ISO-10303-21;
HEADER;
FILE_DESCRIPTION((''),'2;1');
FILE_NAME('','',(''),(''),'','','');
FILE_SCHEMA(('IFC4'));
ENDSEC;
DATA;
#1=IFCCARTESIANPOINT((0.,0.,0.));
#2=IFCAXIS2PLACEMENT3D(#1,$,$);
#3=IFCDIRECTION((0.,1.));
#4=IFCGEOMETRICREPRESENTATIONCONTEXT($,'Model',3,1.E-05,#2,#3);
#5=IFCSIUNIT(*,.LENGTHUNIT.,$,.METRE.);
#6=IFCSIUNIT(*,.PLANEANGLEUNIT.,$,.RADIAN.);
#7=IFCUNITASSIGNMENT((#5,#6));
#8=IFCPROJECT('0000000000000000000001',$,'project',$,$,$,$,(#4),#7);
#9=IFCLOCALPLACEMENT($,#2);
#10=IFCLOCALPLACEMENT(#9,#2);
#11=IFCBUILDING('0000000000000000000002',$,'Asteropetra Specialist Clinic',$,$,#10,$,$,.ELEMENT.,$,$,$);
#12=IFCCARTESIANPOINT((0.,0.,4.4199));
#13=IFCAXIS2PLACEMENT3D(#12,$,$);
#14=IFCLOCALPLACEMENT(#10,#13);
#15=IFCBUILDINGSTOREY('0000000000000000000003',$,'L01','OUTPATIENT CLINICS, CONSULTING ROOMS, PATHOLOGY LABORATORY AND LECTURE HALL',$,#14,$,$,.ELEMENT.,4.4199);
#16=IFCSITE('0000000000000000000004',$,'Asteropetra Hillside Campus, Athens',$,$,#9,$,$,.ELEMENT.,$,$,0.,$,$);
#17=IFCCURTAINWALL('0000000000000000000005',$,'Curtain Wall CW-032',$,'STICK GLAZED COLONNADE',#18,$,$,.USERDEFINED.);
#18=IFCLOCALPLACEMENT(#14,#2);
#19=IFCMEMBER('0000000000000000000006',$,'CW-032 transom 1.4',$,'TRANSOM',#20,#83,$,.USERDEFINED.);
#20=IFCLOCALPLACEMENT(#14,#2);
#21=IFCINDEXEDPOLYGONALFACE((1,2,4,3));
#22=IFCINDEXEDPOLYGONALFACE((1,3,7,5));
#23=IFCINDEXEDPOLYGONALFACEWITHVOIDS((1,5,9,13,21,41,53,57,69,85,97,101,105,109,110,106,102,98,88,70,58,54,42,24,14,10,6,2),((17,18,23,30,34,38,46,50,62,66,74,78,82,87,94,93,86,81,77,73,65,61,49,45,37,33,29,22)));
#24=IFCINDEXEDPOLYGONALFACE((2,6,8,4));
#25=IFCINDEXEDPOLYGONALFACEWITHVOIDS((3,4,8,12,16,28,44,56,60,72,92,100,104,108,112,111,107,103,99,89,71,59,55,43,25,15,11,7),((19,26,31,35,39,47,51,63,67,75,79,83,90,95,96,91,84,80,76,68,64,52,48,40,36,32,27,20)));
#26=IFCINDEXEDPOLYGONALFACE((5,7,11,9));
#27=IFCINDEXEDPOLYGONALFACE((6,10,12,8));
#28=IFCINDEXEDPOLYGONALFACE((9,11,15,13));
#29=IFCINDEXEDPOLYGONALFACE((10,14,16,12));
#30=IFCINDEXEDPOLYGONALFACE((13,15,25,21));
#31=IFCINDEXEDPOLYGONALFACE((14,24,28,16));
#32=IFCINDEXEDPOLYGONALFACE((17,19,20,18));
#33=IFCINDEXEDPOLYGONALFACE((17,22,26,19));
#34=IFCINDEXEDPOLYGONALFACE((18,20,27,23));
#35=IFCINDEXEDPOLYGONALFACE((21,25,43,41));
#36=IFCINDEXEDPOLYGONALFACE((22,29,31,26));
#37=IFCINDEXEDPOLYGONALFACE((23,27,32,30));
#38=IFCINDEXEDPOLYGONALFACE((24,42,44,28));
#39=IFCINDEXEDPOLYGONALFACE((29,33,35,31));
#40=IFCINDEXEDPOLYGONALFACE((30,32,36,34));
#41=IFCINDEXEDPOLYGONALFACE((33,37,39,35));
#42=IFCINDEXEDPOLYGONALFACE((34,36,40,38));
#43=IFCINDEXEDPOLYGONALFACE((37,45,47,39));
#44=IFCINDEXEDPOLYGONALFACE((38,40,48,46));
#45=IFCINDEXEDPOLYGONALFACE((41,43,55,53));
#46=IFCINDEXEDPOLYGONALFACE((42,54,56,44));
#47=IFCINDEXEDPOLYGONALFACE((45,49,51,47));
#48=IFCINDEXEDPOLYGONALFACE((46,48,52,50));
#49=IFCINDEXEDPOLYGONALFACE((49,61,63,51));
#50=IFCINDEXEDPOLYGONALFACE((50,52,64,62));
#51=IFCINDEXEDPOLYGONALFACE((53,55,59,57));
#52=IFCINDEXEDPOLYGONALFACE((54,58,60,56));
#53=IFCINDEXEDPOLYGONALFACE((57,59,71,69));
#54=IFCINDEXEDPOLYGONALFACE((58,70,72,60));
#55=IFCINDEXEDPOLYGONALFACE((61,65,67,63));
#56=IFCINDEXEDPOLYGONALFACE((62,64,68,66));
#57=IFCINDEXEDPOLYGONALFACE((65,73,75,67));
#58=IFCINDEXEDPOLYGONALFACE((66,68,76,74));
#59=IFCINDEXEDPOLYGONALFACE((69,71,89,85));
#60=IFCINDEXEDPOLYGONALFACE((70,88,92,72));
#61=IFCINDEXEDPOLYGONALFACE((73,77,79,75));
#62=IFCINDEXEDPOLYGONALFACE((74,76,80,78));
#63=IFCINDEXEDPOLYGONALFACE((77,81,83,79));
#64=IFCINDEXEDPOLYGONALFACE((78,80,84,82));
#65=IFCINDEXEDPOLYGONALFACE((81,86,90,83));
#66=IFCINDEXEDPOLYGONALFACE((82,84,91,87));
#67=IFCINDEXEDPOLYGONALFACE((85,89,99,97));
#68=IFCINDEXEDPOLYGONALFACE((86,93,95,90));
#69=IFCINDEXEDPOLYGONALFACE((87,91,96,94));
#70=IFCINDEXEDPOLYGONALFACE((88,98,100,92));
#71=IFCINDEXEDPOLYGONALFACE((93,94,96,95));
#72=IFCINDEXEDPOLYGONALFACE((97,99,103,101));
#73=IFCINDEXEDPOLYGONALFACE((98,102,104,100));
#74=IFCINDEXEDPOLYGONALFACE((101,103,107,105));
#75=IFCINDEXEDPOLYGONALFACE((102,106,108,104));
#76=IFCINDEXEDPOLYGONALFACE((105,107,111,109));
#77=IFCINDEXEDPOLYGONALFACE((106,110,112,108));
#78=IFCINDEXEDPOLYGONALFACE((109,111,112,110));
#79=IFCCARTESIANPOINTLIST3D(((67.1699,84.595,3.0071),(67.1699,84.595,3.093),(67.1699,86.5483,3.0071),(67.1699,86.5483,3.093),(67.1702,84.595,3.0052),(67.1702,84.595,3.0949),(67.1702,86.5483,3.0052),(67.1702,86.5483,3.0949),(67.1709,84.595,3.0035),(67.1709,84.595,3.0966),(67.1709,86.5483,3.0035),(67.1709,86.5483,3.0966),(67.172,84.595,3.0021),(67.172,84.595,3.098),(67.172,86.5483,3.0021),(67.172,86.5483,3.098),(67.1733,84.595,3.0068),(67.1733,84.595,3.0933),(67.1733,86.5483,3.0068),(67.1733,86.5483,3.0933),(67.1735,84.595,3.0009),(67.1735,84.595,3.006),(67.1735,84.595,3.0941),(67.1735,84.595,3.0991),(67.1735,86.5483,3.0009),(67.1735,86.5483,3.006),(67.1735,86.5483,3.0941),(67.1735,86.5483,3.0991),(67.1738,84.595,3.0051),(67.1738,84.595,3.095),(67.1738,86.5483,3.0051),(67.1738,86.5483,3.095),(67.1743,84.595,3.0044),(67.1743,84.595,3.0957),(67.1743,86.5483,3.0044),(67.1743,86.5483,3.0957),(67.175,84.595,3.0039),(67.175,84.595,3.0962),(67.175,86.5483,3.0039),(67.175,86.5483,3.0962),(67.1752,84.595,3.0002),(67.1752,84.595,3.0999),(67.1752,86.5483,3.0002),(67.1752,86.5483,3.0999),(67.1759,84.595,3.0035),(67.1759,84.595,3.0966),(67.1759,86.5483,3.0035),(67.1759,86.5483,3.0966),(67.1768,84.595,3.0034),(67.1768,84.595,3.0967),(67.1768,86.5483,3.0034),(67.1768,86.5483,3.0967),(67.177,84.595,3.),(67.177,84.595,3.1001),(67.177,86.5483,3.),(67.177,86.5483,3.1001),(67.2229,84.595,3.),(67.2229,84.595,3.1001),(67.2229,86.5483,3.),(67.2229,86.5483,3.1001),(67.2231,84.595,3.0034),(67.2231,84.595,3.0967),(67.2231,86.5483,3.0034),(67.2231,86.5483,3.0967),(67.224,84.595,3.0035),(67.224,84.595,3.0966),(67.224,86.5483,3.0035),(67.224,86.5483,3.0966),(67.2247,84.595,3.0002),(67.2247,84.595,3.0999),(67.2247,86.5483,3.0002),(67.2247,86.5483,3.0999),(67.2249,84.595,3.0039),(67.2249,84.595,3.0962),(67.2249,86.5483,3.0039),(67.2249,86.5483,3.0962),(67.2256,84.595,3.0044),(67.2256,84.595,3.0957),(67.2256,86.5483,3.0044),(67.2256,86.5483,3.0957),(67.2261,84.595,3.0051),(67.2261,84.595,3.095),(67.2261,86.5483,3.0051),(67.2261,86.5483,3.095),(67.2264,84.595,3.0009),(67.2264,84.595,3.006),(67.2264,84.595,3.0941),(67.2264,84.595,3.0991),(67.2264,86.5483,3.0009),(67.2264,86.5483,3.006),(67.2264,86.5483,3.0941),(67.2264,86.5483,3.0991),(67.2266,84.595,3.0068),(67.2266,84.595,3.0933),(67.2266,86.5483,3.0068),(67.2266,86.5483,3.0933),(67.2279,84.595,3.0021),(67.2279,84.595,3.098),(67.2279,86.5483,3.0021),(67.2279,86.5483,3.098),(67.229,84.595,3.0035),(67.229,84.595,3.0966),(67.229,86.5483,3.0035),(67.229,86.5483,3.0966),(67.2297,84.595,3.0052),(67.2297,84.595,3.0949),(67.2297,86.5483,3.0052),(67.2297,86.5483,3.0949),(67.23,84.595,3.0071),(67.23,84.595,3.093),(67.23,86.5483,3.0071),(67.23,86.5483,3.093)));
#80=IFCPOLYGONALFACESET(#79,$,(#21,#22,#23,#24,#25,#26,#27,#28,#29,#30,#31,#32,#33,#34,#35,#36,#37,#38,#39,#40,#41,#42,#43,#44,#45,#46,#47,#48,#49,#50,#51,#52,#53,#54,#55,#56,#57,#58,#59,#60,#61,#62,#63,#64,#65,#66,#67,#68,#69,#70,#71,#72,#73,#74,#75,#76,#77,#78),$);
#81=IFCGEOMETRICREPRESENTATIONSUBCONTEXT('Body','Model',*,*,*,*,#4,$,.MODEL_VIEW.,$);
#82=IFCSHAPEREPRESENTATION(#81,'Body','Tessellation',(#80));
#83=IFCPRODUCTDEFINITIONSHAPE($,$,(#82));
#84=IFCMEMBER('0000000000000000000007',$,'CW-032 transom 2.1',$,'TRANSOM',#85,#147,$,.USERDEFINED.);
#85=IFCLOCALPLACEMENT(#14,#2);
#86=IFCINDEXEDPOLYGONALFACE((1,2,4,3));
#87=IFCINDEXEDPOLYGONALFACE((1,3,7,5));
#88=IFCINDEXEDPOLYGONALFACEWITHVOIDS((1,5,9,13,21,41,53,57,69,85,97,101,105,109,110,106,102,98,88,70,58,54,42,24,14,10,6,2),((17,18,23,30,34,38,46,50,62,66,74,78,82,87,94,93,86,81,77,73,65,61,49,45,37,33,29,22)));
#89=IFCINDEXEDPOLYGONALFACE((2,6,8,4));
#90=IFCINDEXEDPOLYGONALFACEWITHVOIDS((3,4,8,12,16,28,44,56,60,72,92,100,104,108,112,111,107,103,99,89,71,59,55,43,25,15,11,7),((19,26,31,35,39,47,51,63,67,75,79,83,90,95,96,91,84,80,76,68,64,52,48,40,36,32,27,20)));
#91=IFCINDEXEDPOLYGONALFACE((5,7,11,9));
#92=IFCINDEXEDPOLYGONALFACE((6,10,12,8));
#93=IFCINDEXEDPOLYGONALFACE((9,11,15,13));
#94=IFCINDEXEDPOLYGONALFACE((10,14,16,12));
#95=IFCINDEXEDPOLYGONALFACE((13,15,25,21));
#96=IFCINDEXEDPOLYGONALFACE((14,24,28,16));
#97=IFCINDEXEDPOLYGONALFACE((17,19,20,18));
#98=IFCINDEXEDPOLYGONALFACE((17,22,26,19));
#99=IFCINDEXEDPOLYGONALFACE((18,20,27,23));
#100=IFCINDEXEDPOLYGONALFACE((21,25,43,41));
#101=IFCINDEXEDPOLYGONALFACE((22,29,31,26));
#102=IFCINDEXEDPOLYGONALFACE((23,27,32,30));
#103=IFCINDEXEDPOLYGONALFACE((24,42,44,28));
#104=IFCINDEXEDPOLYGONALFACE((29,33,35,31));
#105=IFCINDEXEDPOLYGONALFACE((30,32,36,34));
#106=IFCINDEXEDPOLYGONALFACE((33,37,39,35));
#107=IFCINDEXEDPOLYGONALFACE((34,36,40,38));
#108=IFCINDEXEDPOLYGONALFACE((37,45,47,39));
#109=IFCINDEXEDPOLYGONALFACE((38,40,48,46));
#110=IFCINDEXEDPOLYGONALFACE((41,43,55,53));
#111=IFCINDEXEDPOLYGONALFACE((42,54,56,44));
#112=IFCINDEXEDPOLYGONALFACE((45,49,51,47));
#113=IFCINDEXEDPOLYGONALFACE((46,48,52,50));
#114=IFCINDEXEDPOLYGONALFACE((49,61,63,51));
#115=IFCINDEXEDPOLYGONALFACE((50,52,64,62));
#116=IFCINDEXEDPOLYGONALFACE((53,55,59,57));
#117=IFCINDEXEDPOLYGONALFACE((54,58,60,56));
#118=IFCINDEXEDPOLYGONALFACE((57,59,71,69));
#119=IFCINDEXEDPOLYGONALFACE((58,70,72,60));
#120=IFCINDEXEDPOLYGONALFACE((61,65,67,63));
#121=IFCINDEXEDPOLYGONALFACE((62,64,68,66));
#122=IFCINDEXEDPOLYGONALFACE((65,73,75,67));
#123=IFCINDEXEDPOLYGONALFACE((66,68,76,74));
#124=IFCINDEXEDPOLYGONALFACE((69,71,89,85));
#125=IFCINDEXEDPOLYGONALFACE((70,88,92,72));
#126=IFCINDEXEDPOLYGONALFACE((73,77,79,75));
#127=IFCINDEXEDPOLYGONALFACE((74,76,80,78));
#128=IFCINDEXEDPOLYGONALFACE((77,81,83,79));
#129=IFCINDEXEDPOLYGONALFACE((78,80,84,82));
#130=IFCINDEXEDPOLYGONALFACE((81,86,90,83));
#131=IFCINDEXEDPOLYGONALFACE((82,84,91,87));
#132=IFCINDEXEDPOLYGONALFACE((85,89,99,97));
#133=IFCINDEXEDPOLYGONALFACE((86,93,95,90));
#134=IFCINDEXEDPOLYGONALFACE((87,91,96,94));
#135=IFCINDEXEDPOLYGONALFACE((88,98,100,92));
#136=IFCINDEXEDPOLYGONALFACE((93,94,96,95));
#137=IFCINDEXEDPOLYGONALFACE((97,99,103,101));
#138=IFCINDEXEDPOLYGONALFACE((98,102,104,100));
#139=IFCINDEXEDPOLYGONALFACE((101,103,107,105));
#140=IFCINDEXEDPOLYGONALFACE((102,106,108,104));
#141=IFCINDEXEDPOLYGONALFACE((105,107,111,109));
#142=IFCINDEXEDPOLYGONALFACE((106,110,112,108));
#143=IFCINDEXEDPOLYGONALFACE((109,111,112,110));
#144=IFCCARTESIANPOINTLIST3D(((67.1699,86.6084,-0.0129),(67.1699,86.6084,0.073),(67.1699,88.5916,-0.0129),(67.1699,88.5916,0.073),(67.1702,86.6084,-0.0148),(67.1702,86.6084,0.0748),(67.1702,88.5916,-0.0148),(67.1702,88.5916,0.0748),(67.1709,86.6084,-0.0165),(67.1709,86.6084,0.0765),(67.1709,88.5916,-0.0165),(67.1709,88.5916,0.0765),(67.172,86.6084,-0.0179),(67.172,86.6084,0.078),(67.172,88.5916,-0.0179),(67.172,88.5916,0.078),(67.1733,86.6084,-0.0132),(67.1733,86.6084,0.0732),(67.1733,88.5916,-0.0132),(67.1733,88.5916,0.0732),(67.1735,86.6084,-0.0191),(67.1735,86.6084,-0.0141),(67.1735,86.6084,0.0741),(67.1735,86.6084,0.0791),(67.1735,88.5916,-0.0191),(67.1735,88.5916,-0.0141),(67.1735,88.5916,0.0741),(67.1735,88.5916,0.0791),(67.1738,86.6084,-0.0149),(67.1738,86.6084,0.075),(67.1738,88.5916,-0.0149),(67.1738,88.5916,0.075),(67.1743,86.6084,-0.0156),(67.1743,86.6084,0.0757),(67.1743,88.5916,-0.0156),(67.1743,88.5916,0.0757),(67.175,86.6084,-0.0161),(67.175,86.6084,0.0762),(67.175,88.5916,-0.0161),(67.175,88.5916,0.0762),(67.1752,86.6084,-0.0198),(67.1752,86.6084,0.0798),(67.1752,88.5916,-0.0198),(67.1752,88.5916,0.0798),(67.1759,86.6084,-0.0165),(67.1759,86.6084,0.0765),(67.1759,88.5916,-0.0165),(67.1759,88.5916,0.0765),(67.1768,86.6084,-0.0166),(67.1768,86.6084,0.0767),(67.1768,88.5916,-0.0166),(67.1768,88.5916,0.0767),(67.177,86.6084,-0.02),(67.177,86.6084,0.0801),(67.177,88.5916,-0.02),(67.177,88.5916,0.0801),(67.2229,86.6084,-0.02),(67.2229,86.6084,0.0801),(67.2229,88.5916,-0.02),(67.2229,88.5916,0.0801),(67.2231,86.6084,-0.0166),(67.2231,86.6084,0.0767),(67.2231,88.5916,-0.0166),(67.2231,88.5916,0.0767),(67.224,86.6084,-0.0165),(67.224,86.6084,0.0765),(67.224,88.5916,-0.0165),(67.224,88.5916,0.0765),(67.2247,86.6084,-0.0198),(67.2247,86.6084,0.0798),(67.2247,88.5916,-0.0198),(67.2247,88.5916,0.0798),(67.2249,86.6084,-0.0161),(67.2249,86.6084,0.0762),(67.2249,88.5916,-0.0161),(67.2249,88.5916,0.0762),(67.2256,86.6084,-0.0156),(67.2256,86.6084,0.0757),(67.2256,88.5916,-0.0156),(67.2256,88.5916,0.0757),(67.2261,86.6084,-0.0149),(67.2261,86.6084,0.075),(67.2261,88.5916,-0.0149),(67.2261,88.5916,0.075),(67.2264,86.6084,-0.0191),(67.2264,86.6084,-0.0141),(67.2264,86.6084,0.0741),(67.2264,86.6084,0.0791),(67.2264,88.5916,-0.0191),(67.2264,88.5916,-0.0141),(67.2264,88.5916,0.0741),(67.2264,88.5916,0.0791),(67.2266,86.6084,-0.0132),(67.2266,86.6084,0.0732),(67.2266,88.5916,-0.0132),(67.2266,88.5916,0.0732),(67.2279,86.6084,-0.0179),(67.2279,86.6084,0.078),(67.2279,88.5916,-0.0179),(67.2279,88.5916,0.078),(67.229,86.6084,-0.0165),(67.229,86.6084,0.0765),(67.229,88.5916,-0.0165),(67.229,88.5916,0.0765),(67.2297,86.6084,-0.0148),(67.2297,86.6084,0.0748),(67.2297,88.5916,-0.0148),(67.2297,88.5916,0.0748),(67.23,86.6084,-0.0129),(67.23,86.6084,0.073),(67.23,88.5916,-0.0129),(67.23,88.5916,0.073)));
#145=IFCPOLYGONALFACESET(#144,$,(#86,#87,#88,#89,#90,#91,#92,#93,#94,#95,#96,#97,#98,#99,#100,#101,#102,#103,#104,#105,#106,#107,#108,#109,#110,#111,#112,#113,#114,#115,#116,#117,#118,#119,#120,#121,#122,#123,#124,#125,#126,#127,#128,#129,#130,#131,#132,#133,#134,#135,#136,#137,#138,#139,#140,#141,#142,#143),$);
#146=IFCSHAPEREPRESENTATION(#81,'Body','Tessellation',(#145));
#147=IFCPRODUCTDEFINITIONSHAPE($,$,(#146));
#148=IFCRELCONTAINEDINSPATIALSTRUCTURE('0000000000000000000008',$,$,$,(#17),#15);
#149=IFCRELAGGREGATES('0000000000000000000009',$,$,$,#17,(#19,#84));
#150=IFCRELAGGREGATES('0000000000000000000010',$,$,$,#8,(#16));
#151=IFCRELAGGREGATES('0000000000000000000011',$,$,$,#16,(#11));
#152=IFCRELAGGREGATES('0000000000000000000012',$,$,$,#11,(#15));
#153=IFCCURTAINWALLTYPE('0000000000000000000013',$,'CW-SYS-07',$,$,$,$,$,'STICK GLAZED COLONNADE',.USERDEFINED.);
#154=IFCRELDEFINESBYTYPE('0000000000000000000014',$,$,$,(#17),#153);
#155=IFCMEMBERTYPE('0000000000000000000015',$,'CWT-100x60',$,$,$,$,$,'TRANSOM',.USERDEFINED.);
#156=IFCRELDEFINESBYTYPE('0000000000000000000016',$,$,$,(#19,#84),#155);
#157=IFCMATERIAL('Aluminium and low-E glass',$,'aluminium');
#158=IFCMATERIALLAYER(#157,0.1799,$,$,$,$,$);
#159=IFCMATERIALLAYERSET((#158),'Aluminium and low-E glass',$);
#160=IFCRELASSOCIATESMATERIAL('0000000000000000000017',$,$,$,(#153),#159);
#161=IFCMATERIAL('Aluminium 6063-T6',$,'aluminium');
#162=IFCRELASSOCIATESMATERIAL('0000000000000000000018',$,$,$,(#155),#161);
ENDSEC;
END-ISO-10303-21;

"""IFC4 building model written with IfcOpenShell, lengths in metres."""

from ifc_helpers import new_model, si_unit, direction, frame, origin, origin_2d, place, context, subcontext, project, spatial, hollow_rectangle, extrude, material, layer, layer_set, material_profile, profile_set, type_object, element, aggregate, save


model = new_model("IFC4")

# Units and contexts
model_context = context("Model", 3, precision=1e-05, world=origin(), true_north=direction((0.0, 1.0)))
body_context = subcontext(model_context, "Body", "Model", "MODEL_VIEW")
ifc_project = project(units=[si_unit("LENGTHUNIT", "METRE"), si_unit("PLANEANGLEUNIT", "RADIAN")], contexts=[model_context])

# Site, building, storey
site_placement = place(None, origin())
site = spatial("IfcSite", under=ifc_project, at=site_placement, Name="Asteropetra Hillside Campus, Athens", CompositionType="ELEMENT", RefElevation=0.0)
building_placement = place(site_placement, origin())
building = spatial("IfcBuilding", under=site, at=building_placement, Name="Asteropetra Specialist Clinic", CompositionType="ELEMENT")
storey_placement = place(building_placement, frame((0.0, 0.0, 4.4199)))
storey = spatial("IfcBuildingStorey", under=building, at=storey_placement, Name="L01", Description="OUTPATIENT CLINICS, CONSULTING ROOMS, PATHOLOGY LABORATORY AND LECTURE HALL", CompositionType="ELEMENT", Elevation=4.4199)

# Curtain wall
ifc_material_1 = material(Name="Aluminium and low-E glass", Category="aluminium")
ifc_layer_1 = layer(ifc_material_1, 0.1799)
ifc_layer_set_1 = layer_set([ifc_layer_1], Name="Aluminium and low-E glass")
curtain_wall_type_1 = type_object("IfcCurtainWallType", Name="CW-SYS-07", ElementType="STICK GLAZED COLONNADE", PredefinedType="USERDEFINED", material=ifc_layer_set_1)
curtain_wall_1_placement = place(storey_placement, origin())
curtain_wall_1 = element("IfcCurtainWall", 1, at=curtain_wall_1_placement, inside=storey, type_object=curtain_wall_type_1, Name="Curtain Wall CW-032", ObjectType="STICK GLAZED COLONNADE", PredefinedType="USERDEFINED")

# Members
ifc_material_2 = material(Name="Aluminium 6063-T6", Category="aluminium")
ifc_material_profile_1 = material_profile(ifc_material_2, hollow_rectangle(XDim=0.0601, YDim=0.1001, WallThickness=0.0034, InnerFilletRadius=0.0034, OuterFilletRadius=0.0071, at=origin_2d()), Name="TRN 100x60x3.5")
ifc_profile_set_1 = profile_set([ifc_material_profile_1], Name="Aluminium 6063-T6")
member_type_1 = type_object("IfcMemberType", Name="CWT-100x60", ElementType="TRANSOM", PredefinedType="USERDEFINED", material=ifc_profile_set_1)
member_1_placement = place(storey_placement, frame((67.2, 84.595, 3.05), z_axis=(0.0, 1.0, 0.0), x_axis=(-1.0, 0.0, 0.0)))
member_1 = element("IfcMember", 2, at=member_1_placement, type_object=member_type_1, Name="CW-032 transom 1.4", ObjectType="TRANSOM", PredefinedType="USERDEFINED", context=body_context, shape_type="SweptSolid", body=[
    extrude(hollow_rectangle(XDim=0.0601, YDim=0.1001, WallThickness=0.0034, InnerFilletRadius=0.0034, OuterFilletRadius=0.0071, at=origin_2d()), origin(), (0.0, 0.0, 1.0), 1.9534),
])
member_2_placement = place(storey_placement, frame((67.2, 86.6084, 0.03), z_axis=(0.0, 1.0, 0.0), x_axis=(-1.0, 0.0, 0.0)))
member_2 = element("IfcMember", 3, at=member_2_placement, type_object=member_type_1, Name="CW-032 transom 2.1", ObjectType="TRANSOM", PredefinedType="USERDEFINED", context=body_context, shape_type="SweptSolid", body=[
    extrude(hollow_rectangle(XDim=0.0601, YDim=0.1001, WallThickness=0.0034, InnerFilletRadius=0.0034, OuterFilletRadius=0.0071, at=origin_2d()), origin(), (0.0, 0.0, 1.0), 1.9832),
])

aggregate(curtain_wall_1, [member_1, member_2])

save(model, "model.ifc")
